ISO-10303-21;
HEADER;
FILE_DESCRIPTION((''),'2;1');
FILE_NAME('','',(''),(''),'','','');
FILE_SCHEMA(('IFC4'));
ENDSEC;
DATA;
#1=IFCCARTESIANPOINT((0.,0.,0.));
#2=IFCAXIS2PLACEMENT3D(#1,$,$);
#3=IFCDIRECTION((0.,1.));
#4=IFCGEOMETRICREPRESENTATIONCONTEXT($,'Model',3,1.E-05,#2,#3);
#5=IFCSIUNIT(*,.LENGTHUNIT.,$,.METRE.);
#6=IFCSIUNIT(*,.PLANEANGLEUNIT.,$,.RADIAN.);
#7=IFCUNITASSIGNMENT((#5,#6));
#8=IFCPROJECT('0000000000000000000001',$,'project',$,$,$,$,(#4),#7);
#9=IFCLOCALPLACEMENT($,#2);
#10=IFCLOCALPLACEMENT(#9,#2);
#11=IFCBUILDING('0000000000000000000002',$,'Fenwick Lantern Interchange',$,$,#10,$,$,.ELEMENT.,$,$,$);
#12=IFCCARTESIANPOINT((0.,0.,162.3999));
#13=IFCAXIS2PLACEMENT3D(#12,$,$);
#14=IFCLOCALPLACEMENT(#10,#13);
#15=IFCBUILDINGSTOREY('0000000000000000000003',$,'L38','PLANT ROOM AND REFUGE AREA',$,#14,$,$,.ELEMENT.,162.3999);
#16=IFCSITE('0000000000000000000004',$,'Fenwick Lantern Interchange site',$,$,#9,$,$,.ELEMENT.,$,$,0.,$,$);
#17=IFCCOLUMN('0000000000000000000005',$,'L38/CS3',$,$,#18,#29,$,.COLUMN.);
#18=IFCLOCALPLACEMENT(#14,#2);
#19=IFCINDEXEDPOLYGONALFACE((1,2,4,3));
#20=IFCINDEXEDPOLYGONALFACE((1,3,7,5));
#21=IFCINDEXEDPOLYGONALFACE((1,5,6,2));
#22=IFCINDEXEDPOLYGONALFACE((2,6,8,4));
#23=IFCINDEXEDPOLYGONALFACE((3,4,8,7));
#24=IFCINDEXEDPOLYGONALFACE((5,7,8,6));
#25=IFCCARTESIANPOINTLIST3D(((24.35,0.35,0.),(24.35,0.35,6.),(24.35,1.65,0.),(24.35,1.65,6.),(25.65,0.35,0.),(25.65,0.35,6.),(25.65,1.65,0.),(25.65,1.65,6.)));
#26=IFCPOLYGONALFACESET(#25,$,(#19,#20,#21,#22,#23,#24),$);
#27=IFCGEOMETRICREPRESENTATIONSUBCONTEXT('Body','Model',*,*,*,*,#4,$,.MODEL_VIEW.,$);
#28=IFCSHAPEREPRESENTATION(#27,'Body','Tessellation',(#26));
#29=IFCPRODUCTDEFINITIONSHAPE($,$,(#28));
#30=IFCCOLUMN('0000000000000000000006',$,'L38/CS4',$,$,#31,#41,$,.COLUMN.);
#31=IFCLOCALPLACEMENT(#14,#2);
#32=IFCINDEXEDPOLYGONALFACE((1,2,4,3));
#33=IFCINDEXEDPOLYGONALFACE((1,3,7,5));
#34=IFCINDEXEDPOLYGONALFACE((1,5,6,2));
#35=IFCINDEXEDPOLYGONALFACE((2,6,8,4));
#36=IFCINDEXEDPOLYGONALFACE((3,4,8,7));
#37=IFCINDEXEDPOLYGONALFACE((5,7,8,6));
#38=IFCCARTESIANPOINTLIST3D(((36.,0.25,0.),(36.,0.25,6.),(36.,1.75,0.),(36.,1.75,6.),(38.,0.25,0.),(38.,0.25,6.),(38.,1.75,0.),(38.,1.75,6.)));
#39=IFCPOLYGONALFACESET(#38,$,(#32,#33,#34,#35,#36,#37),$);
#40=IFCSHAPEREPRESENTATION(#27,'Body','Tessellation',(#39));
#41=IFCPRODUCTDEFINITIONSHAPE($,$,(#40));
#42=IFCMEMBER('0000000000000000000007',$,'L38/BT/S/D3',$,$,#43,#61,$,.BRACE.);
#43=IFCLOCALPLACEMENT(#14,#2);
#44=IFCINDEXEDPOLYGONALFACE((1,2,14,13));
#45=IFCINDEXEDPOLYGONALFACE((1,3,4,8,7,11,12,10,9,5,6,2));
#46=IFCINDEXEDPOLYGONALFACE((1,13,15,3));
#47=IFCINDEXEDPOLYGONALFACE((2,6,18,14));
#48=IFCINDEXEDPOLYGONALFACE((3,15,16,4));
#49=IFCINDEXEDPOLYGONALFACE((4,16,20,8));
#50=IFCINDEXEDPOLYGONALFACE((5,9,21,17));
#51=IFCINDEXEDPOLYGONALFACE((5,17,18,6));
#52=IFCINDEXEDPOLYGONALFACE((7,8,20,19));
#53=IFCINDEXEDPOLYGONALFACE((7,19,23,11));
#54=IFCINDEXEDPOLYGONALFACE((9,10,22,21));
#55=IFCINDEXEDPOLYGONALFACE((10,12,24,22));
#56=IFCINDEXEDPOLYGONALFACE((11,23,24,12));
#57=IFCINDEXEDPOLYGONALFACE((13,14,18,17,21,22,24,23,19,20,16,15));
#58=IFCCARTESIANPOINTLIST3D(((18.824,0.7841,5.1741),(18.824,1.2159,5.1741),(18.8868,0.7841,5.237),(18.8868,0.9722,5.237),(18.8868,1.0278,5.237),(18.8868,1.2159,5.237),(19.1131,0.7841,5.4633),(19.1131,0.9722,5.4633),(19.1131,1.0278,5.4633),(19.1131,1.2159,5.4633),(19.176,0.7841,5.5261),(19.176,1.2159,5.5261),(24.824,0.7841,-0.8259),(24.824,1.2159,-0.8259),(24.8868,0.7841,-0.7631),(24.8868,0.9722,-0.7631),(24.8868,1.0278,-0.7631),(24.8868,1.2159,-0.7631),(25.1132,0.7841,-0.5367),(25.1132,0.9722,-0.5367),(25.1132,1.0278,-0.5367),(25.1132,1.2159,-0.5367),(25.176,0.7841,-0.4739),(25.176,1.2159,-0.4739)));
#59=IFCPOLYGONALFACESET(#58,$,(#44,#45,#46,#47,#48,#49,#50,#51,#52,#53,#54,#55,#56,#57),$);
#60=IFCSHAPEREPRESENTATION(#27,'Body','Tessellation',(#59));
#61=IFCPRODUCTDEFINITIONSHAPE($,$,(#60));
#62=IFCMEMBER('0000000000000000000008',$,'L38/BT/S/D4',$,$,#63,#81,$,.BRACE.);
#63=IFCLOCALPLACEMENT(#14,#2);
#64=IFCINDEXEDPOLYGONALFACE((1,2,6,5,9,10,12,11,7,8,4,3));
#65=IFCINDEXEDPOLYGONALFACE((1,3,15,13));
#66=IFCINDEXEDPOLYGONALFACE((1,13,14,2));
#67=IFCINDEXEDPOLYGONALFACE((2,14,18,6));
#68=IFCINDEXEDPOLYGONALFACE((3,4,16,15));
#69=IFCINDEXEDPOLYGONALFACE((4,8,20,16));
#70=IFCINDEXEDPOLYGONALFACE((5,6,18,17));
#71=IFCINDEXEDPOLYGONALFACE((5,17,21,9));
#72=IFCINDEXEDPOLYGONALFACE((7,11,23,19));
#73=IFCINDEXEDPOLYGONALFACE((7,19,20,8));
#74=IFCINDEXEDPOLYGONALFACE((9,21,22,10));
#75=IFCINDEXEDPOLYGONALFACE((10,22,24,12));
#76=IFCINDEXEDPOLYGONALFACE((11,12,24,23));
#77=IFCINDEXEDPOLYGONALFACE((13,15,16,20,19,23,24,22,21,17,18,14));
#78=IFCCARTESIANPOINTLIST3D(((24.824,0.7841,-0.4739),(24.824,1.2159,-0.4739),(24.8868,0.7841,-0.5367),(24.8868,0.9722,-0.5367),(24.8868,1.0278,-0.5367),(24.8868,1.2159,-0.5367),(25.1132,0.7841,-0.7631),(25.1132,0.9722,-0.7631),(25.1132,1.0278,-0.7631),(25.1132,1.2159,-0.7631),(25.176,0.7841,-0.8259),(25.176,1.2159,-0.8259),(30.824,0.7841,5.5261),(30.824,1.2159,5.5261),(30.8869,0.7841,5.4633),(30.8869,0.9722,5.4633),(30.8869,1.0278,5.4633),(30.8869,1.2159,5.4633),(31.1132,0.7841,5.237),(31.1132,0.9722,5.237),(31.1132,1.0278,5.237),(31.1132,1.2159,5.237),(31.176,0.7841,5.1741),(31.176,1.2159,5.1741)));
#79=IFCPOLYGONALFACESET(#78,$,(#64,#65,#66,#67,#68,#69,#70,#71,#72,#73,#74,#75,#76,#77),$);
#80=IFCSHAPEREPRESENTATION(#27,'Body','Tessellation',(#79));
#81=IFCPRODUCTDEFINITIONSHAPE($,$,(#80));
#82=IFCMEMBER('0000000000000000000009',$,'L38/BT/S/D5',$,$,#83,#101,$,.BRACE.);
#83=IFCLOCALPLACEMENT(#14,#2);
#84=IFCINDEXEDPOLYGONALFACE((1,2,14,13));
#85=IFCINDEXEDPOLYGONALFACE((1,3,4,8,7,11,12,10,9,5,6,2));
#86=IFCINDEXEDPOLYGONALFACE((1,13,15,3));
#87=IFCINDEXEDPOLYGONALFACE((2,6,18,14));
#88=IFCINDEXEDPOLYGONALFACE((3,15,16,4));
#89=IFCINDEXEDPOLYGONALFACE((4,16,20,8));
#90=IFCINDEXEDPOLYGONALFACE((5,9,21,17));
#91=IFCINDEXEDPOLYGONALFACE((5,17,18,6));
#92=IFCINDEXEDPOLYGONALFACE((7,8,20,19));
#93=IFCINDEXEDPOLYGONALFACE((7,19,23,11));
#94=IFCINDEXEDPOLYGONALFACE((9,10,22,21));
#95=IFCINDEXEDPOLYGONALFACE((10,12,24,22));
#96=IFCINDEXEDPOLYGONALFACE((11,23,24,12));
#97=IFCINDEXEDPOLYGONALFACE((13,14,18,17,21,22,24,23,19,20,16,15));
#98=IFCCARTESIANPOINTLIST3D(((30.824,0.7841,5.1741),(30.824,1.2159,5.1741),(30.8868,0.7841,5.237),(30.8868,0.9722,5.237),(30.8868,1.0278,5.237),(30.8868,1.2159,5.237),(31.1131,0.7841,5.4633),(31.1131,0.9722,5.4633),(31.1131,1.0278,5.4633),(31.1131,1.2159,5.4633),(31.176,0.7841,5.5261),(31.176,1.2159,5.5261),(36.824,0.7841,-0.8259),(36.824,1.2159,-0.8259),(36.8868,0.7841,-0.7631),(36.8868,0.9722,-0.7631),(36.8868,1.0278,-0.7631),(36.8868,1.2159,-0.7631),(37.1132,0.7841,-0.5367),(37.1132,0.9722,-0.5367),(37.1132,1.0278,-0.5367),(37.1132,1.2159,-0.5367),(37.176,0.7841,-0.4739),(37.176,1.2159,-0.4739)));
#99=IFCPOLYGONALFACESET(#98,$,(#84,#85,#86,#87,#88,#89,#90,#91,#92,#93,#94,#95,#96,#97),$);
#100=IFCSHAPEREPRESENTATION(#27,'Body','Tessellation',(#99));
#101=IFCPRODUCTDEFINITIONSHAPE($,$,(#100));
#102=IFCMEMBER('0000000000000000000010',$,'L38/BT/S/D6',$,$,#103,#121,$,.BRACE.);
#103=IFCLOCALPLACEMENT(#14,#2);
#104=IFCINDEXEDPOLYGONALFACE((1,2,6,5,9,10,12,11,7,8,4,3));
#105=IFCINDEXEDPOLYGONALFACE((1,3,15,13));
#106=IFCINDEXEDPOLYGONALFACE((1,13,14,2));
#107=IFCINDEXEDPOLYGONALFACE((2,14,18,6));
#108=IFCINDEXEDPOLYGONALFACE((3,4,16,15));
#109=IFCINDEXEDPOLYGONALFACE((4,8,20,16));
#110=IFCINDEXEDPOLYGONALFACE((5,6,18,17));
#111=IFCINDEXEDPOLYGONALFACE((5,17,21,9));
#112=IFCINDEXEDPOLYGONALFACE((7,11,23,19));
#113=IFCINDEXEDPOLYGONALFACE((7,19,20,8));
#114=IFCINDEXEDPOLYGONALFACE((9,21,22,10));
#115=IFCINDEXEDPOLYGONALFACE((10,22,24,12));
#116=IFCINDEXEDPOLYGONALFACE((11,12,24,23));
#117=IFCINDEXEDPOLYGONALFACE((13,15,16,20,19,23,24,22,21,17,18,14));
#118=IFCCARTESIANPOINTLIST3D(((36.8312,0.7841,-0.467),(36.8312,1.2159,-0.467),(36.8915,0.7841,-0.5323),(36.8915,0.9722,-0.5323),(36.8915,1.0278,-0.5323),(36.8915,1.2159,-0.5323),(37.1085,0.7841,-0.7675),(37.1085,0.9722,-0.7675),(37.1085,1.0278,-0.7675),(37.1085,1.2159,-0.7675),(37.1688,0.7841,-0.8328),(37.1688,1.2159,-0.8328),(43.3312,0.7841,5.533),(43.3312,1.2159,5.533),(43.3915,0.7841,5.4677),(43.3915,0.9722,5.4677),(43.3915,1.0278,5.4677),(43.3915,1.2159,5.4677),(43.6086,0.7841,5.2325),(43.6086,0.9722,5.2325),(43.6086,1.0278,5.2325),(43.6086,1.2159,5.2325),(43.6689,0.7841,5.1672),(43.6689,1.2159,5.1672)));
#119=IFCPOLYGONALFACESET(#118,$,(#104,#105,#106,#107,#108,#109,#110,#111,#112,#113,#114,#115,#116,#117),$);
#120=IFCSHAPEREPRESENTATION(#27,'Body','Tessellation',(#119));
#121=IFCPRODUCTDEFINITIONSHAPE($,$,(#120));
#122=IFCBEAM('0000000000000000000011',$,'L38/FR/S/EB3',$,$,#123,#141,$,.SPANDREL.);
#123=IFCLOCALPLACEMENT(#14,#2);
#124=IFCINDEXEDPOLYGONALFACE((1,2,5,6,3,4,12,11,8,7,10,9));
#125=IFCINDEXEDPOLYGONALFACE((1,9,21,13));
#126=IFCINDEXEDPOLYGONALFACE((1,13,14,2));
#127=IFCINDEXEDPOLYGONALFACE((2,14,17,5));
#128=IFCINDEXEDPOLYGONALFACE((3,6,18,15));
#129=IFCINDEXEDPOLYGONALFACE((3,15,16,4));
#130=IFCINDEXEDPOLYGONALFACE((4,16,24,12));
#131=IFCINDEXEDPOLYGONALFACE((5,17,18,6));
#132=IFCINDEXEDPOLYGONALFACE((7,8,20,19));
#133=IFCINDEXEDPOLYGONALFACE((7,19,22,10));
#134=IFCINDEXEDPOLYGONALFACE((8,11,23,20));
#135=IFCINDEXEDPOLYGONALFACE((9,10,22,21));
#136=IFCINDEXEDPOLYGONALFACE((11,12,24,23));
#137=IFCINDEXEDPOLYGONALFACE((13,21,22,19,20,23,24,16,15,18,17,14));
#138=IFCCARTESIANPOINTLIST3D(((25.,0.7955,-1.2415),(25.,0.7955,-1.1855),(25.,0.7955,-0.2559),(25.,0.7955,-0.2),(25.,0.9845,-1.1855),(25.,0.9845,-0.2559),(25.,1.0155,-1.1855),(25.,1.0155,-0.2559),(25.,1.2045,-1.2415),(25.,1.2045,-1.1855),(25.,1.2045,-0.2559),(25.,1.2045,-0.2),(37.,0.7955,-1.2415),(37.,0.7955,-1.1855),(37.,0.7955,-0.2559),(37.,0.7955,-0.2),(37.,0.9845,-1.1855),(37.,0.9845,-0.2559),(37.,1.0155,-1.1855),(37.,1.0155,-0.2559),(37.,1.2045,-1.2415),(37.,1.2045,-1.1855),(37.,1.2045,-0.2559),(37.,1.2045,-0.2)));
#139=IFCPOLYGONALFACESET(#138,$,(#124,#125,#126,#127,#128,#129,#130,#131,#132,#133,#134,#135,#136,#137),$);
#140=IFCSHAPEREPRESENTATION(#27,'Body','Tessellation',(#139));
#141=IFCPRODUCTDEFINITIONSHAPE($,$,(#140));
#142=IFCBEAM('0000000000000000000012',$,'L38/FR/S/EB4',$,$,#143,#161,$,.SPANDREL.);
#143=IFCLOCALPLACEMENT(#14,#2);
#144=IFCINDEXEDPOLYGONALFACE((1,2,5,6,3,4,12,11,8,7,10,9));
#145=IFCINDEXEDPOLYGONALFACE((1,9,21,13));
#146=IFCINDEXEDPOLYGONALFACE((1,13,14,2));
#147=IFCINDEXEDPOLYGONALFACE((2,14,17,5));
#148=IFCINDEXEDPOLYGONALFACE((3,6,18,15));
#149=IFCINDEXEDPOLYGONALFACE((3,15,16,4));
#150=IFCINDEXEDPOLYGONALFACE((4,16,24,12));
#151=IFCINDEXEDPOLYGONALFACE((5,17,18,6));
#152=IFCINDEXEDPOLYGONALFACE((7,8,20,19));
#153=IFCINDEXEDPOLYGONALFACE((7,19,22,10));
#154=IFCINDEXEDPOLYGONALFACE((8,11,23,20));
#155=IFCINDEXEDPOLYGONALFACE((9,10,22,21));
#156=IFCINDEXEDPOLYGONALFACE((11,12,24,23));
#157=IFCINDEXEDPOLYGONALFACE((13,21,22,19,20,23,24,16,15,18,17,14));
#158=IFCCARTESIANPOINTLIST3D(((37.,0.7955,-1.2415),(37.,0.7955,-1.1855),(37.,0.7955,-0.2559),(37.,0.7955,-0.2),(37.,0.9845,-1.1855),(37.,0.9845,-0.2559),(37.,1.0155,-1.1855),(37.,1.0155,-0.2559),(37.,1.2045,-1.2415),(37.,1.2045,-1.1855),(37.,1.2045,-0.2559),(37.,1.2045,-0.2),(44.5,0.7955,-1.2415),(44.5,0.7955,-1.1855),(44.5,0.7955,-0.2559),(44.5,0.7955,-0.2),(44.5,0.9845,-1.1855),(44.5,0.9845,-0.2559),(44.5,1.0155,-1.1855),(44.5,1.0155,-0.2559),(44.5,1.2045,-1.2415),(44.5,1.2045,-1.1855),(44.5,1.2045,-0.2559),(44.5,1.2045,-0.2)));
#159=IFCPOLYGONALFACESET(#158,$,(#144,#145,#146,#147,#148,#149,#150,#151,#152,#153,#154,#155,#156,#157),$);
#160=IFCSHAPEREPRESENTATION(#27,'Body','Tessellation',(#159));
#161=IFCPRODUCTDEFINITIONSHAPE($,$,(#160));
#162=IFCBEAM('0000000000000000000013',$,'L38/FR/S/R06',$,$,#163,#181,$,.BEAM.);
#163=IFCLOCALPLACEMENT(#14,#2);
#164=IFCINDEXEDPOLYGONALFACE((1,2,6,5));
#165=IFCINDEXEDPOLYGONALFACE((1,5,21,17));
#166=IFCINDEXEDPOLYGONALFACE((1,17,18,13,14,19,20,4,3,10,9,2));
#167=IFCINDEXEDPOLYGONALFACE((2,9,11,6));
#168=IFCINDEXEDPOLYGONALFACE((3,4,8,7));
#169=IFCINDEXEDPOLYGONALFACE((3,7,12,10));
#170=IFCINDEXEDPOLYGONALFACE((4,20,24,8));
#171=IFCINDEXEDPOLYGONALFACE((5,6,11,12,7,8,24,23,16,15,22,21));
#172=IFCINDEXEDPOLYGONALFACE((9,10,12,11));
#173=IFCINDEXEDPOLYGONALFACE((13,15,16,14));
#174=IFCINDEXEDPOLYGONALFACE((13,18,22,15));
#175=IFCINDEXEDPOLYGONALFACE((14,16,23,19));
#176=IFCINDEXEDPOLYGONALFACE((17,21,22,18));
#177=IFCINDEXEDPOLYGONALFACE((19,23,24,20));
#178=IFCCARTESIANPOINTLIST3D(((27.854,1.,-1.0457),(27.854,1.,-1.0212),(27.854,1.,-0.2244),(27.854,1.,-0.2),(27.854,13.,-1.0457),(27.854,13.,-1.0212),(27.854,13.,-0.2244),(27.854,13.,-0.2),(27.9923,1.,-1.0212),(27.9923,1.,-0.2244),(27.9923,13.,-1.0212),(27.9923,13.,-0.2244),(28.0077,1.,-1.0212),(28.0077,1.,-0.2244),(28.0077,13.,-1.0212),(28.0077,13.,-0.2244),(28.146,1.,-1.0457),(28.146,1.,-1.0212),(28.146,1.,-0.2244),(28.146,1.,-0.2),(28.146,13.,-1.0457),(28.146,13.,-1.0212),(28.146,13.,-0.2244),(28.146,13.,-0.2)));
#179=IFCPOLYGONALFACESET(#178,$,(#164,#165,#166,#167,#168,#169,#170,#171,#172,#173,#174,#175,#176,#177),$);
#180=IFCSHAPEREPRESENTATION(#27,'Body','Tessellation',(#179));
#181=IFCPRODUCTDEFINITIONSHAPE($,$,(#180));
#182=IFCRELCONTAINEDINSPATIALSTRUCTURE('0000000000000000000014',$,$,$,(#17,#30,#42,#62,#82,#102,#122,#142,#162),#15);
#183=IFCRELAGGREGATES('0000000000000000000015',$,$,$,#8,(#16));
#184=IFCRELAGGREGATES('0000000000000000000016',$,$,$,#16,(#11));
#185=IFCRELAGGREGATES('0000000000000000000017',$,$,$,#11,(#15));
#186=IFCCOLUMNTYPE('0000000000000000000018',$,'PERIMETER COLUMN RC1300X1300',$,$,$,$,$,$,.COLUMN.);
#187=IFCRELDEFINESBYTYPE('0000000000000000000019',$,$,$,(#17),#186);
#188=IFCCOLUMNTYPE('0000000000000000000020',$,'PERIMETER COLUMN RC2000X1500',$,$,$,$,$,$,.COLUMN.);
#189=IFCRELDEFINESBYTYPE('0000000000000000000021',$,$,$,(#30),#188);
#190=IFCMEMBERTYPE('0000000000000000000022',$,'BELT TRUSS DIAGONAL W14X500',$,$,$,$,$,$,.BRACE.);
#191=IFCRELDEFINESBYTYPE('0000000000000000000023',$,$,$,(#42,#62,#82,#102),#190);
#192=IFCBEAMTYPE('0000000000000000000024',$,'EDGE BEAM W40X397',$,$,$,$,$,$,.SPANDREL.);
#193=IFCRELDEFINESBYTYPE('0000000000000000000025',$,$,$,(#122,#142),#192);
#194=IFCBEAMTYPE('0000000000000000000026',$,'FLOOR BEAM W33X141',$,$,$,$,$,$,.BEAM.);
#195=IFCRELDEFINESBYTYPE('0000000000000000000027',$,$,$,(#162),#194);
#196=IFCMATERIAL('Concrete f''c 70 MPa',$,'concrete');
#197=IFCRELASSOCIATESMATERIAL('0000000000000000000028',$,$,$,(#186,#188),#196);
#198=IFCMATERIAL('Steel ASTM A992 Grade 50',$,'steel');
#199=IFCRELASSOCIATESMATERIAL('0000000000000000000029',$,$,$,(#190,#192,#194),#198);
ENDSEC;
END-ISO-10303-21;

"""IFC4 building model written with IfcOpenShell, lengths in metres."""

from ifc_helpers import new_model, si_unit, direction, frame, origin, origin_2d, place, context, subcontext, project, spatial, rectangle, i_section, extrude, material, material_profile, profile_set, type_object, element, save


model = new_model("IFC4")

# Units and contexts
model_context = context("Model", 3, precision=1e-05, world=origin(), true_north=direction((0.0, 1.0)))
body_context = subcontext(model_context, "Body", "Model", "MODEL_VIEW")
ifc_project = project(units=[si_unit("LENGTHUNIT", "METRE"), si_unit("PLANEANGLEUNIT", "RADIAN")], contexts=[model_context])

# Site, building, storey
site_placement = place(None, origin())
site = spatial("IfcSite", under=ifc_project, at=site_placement, Name="Fenwick Lantern Interchange site", CompositionType="ELEMENT", RefElevation=0.0)
building_placement = place(site_placement, origin())
building = spatial("IfcBuilding", under=site, at=building_placement, Name="Fenwick Lantern Interchange", CompositionType="ELEMENT")
storey_placement = place(building_placement, frame((0.0, 0.0, 162.3999)))
storey = spatial("IfcBuildingStorey", under=building, at=storey_placement, Name="L38", Description="PLANT ROOM AND REFUGE AREA", CompositionType="ELEMENT", Elevation=162.3999)

# Columns
ifc_material_1 = material(Name="Concrete f'c 70 MPa", Category="concrete")
ifc_material_profile_1 = material_profile(ifc_material_1, rectangle(XDim=1.3, YDim=1.3, at=origin_2d()), Name="RC1300X1300")
ifc_profile_set_1 = profile_set([ifc_material_profile_1], Name="Concrete f'c 70 MPa")
column_type_1 = type_object("IfcColumnType", Name="PERIMETER COLUMN RC1300X1300", PredefinedType="COLUMN", material=ifc_profile_set_1)
column_1_placement = place(storey_placement, frame((25.0, 1.0, 0.0), z_axis=(0.0, 0.0, 1.0), x_axis=(1.0, 0.0, 0.0)))
element("IfcColumn", 1, at=column_1_placement, inside=storey, type_object=column_type_1, Name="L38/CS3", PredefinedType="COLUMN", context=body_context, shape_type="SweptSolid", body=[
    extrude(rectangle(XDim=1.3, YDim=1.3, at=origin_2d()), origin(), (0.0, 0.0, 1.0), 6.0),
])
ifc_material_profile_2 = material_profile(ifc_material_1, rectangle(XDim=2.0, YDim=1.5, at=origin_2d()), Name="RC2000X1500")
ifc_profile_set_2 = profile_set([ifc_material_profile_2], Name="Concrete f'c 70 MPa")
column_type_2 = type_object("IfcColumnType", Name="PERIMETER COLUMN RC2000X1500", PredefinedType="COLUMN", material=ifc_profile_set_2)
column_2_placement = place(storey_placement, frame((37.0, 1.0, 0.0), z_axis=(0.0, 0.0, 1.0), x_axis=(1.0, 0.0, 0.0)))
element("IfcColumn", 2, at=column_2_placement, inside=storey, type_object=column_type_2, Name="L38/CS4", PredefinedType="COLUMN", context=body_context, shape_type="SweptSolid", body=[
    extrude(rectangle(XDim=2.0, YDim=1.5, at=origin_2d()), origin(), (0.0, 0.0, 1.0), 6.0),
])

# Members
ifc_material_2 = material(Name="Steel ASTM A992 Grade 50", Category="steel")
ifc_material_profile_3 = material_profile(ifc_material_2, i_section(OverallWidth=0.4319, OverallDepth=0.4978, WebThickness=0.0557, FlangeThickness=0.0889, at=origin_2d()), Name="W14X500")
ifc_profile_set_3 = profile_set([ifc_material_profile_3], Name="Steel ASTM A992 Grade 50")
member_type_1 = type_object("IfcMemberType", Name="BELT TRUSS DIAGONAL W14X500", PredefinedType="BRACE", material=ifc_profile_set_3)
for number, where, z_axis, x_axis, name in (
    (3, (25.0, 1.0, -0.6499), (-0.707107, 0.0, 0.707107), (0.0, -1.0, 0.0), "L38/BT/S/D3"),
    (4, (25.0, 1.0, -0.6499), (0.707107, 0.0, 0.707107), (0.0, 1.0, 0.0), "L38/BT/S/D4"),
    (5, (37.0, 1.0, -0.6499), (-0.707107, 0.0, 0.707107), (0.0, -1.0, 0.0), "L38/BT/S/D5"),
):
    element("IfcMember", number, at=place(storey_placement, frame(where, z_axis=z_axis, x_axis=x_axis)), inside=storey, type_object=member_type_1, Name=name, PredefinedType="BRACE", context=body_context, shape_type="SweptSolid", body=[
        extrude(i_section(OverallWidth=0.4319, OverallDepth=0.4978, WebThickness=0.0557, FlangeThickness=0.0889, at=origin_2d()), origin(), (0.0, 0.0, 1.0), 8.4854),
    ])
member_1_placement = place(storey_placement, frame((37.0, 1.0, -0.6499), z_axis=(0.734803, 0.0, 0.67828), x_axis=(0.0, 1.0, 0.0)))
element("IfcMember", 6, at=member_1_placement, inside=storey, type_object=member_type_1, Name="L38/BT/S/D6", PredefinedType="BRACE", context=body_context, shape_type="SweptSolid", body=[
    extrude(i_section(OverallWidth=0.4319, OverallDepth=0.4978, WebThickness=0.0557, FlangeThickness=0.0889, at=origin_2d()), origin(), (0.0, 0.0, 1.0), 8.8459),
])

# Beams
ifc_material_profile_4 = material_profile(ifc_material_2, i_section(OverallWidth=0.4089, OverallDepth=1.0415, WebThickness=0.031, FlangeThickness=0.0559, at=origin_2d()), Name="W40X397")
ifc_profile_set_4 = profile_set([ifc_material_profile_4], Name="Steel ASTM A992 Grade 50")
beam_type_1 = type_object("IfcBeamType", Name="EDGE BEAM W40X397", PredefinedType="SPANDREL", material=ifc_profile_set_4)
beam_1_placement = place(storey_placement, frame((25.0, 1.0, -0.7207), z_axis=(1.0, 0.0, 0.0), x_axis=(0.0, 1.0, 0.0)))
element("IfcBeam", 7, at=beam_1_placement, inside=storey, type_object=beam_type_1, Name="L38/FR/S/EB3", PredefinedType="SPANDREL", context=body_context, shape_type="SweptSolid", body=[
    extrude(i_section(OverallWidth=0.4089, OverallDepth=1.0415, WebThickness=0.031, FlangeThickness=0.0559, at=origin_2d()), origin(), (0.0, 0.0, 1.0), 12.0),
])
beam_2_placement = place(storey_placement, frame((37.0, 1.0, -0.7207), z_axis=(1.0, 0.0, 0.0), x_axis=(0.0, 1.0, 0.0)))
element("IfcBeam", 8, at=beam_2_placement, inside=storey, type_object=beam_type_1, Name="L38/FR/S/EB4", PredefinedType="SPANDREL", context=body_context, shape_type="SweptSolid", body=[
    extrude(i_section(OverallWidth=0.4089, OverallDepth=1.0415, WebThickness=0.031, FlangeThickness=0.0559, at=origin_2d()), origin(), (0.0, 0.0, 1.0), 7.5),
])
ifc_material_profile_5 = material_profile(ifc_material_2, i_section(OverallWidth=0.292, OverallDepth=0.8457, WebThickness=0.0154, FlangeThickness=0.0244, at=origin_2d()), Name="W33X141")
ifc_profile_set_5 = profile_set([ifc_material_profile_5], Name="Steel ASTM A992 Grade 50")
beam_type_2 = type_object("IfcBeamType", Name="FLOOR BEAM W33X141", PredefinedType="BEAM", material=ifc_profile_set_5)
for number, where, z_axis, x_axis, name in (
    (9, (28.0, 1.0, -0.6228), (0.0, 1.0, 0.0), (-1.0, 0.0, 0.0), "L38/FR/S/R06"),
):
    element("IfcBeam", number, at=place(storey_placement, frame(where, z_axis=z_axis, x_axis=x_axis)), inside=storey, type_object=beam_type_2, Name=name, PredefinedType="BEAM", context=body_context, shape_type="SweptSolid", body=[
        extrude(i_section(OverallWidth=0.292, OverallDepth=0.8457, WebThickness=0.0154, FlangeThickness=0.0244, at=origin_2d()), origin(), (0.0, 0.0, 1.0), 12.0),
    ])

save(model, "model.ifc")
